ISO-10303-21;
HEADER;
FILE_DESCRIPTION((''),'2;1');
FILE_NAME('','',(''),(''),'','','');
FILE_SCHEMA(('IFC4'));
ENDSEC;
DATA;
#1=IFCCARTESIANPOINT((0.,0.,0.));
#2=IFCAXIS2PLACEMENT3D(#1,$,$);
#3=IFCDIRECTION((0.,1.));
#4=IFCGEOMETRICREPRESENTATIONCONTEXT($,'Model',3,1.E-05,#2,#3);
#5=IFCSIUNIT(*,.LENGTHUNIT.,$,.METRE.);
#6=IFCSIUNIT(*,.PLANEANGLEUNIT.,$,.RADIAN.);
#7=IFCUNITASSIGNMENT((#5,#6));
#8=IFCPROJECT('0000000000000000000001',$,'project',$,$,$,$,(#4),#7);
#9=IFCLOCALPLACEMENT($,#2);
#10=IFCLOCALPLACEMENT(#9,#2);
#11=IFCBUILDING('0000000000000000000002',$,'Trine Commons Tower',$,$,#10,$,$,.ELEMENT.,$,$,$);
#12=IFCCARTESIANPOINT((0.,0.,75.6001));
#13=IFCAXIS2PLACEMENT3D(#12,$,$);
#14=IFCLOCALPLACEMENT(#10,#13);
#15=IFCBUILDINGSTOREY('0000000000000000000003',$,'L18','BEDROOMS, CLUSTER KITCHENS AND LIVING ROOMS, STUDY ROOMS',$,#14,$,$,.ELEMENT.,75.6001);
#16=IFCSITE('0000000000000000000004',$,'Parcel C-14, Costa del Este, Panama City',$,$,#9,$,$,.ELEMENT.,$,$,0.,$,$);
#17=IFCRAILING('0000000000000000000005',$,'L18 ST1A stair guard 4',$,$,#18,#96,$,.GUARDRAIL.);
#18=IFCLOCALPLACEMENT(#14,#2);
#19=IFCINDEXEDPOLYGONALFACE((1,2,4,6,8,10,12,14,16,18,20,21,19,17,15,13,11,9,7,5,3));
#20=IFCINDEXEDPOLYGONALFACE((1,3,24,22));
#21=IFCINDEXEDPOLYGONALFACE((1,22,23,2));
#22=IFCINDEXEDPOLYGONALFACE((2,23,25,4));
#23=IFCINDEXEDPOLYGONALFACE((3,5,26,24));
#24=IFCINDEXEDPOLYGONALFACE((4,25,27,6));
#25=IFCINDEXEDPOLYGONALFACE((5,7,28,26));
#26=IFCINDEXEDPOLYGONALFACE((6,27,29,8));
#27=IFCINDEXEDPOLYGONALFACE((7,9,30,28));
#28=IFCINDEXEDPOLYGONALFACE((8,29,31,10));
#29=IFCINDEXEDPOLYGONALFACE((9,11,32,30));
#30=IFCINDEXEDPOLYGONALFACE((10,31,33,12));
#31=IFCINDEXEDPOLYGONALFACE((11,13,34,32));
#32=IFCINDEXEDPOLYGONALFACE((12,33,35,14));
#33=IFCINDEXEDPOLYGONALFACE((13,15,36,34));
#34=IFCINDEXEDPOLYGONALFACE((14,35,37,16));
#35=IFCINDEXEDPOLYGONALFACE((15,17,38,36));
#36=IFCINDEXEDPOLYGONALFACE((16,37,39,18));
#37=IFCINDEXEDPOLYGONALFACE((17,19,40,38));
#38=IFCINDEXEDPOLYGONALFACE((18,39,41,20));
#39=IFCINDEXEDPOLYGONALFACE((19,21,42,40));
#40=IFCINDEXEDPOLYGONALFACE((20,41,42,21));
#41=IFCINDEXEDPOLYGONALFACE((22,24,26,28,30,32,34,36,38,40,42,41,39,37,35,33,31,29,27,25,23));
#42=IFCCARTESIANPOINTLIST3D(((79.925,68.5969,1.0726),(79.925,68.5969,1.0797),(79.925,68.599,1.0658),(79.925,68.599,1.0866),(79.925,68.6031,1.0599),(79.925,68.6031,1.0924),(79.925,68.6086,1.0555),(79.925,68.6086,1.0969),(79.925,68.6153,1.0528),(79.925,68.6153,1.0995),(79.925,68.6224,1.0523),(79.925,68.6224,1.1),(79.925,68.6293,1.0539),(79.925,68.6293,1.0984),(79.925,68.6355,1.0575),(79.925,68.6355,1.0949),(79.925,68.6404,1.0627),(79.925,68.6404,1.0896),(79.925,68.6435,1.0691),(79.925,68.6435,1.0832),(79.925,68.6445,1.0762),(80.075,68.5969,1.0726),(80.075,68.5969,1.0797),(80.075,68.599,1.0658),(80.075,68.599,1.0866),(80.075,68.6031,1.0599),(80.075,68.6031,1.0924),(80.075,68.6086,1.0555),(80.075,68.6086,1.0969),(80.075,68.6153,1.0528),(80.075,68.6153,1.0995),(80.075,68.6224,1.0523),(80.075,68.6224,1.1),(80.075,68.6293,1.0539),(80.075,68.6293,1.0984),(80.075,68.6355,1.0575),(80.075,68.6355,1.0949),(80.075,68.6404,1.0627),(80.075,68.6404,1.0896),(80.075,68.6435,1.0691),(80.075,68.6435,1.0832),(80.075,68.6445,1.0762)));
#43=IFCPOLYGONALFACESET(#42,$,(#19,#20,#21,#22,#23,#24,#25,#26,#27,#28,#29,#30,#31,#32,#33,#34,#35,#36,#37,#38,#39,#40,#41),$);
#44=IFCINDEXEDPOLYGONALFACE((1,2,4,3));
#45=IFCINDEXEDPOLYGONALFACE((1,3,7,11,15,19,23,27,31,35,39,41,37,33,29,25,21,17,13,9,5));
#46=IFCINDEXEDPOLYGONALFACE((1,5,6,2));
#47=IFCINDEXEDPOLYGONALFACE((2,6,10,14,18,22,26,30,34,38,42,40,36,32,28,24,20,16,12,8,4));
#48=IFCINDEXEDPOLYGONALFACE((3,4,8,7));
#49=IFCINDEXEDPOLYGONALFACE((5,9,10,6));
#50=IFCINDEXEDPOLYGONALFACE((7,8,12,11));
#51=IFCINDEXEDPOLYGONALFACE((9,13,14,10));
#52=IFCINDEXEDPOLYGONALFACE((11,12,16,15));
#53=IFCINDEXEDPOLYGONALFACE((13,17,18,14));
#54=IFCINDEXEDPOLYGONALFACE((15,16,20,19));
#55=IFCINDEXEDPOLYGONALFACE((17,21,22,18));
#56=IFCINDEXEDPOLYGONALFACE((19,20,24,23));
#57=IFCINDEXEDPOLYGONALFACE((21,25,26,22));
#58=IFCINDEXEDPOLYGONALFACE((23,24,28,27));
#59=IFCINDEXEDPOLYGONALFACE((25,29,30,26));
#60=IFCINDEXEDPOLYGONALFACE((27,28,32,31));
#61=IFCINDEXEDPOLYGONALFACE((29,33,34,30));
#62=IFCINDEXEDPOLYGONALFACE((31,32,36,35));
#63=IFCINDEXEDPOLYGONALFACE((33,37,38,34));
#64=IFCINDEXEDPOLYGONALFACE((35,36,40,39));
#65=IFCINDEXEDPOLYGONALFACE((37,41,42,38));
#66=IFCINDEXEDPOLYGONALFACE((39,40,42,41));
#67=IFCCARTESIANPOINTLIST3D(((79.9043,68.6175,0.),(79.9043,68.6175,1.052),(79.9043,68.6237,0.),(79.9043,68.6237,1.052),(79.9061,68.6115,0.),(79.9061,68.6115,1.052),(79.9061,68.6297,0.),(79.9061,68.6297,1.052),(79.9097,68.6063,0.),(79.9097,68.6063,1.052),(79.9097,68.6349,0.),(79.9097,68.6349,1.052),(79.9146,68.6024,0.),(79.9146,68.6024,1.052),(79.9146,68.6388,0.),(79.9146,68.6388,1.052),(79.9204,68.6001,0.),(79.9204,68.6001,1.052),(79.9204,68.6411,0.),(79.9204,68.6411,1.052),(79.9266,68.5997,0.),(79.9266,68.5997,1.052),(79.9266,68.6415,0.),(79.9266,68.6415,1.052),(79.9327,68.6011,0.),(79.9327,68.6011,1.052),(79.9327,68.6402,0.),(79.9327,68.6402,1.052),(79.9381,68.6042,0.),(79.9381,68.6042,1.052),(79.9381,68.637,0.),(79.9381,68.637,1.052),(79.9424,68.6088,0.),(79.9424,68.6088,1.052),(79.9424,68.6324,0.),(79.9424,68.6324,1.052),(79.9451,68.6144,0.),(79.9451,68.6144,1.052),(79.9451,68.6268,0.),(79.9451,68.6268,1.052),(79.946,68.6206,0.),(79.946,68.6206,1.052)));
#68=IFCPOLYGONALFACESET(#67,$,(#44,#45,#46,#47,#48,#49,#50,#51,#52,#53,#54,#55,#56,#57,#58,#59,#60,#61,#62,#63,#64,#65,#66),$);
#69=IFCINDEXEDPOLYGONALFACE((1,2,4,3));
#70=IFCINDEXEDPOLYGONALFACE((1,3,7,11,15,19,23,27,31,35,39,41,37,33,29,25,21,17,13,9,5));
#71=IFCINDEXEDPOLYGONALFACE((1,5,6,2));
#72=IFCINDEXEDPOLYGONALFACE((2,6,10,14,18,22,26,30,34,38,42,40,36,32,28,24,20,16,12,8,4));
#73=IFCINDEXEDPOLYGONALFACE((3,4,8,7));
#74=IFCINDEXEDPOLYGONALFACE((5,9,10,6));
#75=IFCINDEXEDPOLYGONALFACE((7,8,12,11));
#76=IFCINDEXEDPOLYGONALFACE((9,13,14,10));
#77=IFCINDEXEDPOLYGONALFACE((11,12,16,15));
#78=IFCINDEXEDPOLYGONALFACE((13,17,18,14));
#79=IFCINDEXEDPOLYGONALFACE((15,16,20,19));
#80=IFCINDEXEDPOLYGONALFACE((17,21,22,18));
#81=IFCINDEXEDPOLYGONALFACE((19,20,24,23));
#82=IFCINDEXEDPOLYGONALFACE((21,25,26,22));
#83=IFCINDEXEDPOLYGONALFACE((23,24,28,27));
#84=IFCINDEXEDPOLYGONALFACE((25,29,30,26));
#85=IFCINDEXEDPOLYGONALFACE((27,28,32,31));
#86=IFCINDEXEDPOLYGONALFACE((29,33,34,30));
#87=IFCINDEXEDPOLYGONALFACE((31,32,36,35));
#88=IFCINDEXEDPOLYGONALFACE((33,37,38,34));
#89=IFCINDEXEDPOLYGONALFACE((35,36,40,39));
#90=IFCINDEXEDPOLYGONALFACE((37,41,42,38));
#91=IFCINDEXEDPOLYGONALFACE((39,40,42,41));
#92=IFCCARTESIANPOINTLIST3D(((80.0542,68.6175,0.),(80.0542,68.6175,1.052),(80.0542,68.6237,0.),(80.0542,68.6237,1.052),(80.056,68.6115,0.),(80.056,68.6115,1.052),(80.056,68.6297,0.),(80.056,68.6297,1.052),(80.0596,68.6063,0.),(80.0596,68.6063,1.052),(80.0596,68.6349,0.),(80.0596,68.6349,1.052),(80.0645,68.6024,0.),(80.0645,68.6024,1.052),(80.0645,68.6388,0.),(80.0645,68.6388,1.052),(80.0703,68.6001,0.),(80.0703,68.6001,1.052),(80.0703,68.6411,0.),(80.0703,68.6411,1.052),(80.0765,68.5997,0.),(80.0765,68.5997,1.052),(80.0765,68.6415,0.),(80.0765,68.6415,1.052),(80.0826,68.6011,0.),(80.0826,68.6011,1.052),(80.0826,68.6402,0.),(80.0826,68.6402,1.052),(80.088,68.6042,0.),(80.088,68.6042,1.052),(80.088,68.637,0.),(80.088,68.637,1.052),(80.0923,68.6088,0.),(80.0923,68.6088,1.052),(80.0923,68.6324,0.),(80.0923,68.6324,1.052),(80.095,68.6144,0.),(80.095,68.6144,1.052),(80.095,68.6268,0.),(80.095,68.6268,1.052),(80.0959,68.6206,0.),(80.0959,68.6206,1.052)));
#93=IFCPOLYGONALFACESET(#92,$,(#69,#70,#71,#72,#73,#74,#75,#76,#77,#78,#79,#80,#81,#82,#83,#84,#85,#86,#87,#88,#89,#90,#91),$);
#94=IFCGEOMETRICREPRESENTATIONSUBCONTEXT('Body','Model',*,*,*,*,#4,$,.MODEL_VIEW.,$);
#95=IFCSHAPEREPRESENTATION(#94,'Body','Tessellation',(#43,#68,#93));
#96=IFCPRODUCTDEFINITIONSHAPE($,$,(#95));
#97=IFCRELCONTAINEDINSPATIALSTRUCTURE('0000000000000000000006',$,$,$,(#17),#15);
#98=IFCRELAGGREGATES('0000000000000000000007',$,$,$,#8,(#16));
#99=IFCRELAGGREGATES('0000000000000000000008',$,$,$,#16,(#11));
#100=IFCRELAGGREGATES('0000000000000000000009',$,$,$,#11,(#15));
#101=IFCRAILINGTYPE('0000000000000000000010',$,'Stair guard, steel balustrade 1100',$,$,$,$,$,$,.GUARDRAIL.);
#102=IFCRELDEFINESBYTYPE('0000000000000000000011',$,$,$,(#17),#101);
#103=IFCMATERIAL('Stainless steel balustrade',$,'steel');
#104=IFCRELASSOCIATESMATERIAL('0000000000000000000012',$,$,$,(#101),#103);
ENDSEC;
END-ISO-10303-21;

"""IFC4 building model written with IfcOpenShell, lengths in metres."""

from ifc_helpers import new_model, si_unit, direction, frame, origin, origin_2d, place, context, subcontext, project, spatial, circle, extrude, material, type_object, element, save


model = new_model("IFC4")

# Units and contexts
model_context = context("Model", 3, precision=1e-05, world=origin(), true_north=direction((0.0, 1.0)))
body_context = subcontext(model_context, "Body", "Model", "MODEL_VIEW")
ifc_project = project(units=[si_unit("LENGTHUNIT", "METRE"), si_unit("PLANEANGLEUNIT", "RADIAN")], contexts=[model_context])

# Site, building, storey
site_placement = place(None, origin())
site = spatial("IfcSite", under=ifc_project, at=site_placement, Name="Parcel C-14, Costa del Este, Panama City", CompositionType="ELEMENT", RefElevation=0.0)
building_placement = place(site_placement, origin())
building = spatial("IfcBuilding", under=site, at=building_placement, Name="Trine Commons Tower", CompositionType="ELEMENT")
storey_placement = place(building_placement, frame((0.0, 0.0, 75.6001)))
storey = spatial("IfcBuildingStorey", under=building, at=storey_placement, Name="L18", Description="BEDROOMS, CLUSTER KITCHENS AND LIVING ROOMS, STUDY ROOMS", CompositionType="ELEMENT", Elevation=75.6001)

# Railing
ifc_material_1 = material(Name="Stainless steel balustrade", Category="steel")
railing_type_1 = type_object("IfcRailingType", Name="Stair guard, steel balustrade 1100", PredefinedType="GUARDRAIL", material=ifc_material_1)
railing_1_placement = place(storey_placement, frame((79.925, 68.6206, 0.0)))
element("IfcRailing", 1, at=railing_1_placement, inside=storey, type_object=railing_type_1, Name="L18 ST1A stair guard 4", PredefinedType="GUARDRAIL", context=body_context, shape_type="SweptSolid", body=[
    extrude(circle(Radius=0.0239, at=origin_2d()), frame((0.0, 0.0, 1.0762), z_axis=(1.0, 0.0, 0.0), x_axis=(0.0, 1.0, 0.0)), (0.0, 0.0, 1.0), 0.1499),
    extrude(circle(Radius=0.021, at=origin_2d()), origin(), (0.0, 0.0, 1.0), 1.052),
    extrude(circle(Radius=0.021, at=origin_2d()), frame((0.1499, 0.0, 0.0)), (0.0, 0.0, 1.0), 1.052),
])

save(model, "model.ifc")
